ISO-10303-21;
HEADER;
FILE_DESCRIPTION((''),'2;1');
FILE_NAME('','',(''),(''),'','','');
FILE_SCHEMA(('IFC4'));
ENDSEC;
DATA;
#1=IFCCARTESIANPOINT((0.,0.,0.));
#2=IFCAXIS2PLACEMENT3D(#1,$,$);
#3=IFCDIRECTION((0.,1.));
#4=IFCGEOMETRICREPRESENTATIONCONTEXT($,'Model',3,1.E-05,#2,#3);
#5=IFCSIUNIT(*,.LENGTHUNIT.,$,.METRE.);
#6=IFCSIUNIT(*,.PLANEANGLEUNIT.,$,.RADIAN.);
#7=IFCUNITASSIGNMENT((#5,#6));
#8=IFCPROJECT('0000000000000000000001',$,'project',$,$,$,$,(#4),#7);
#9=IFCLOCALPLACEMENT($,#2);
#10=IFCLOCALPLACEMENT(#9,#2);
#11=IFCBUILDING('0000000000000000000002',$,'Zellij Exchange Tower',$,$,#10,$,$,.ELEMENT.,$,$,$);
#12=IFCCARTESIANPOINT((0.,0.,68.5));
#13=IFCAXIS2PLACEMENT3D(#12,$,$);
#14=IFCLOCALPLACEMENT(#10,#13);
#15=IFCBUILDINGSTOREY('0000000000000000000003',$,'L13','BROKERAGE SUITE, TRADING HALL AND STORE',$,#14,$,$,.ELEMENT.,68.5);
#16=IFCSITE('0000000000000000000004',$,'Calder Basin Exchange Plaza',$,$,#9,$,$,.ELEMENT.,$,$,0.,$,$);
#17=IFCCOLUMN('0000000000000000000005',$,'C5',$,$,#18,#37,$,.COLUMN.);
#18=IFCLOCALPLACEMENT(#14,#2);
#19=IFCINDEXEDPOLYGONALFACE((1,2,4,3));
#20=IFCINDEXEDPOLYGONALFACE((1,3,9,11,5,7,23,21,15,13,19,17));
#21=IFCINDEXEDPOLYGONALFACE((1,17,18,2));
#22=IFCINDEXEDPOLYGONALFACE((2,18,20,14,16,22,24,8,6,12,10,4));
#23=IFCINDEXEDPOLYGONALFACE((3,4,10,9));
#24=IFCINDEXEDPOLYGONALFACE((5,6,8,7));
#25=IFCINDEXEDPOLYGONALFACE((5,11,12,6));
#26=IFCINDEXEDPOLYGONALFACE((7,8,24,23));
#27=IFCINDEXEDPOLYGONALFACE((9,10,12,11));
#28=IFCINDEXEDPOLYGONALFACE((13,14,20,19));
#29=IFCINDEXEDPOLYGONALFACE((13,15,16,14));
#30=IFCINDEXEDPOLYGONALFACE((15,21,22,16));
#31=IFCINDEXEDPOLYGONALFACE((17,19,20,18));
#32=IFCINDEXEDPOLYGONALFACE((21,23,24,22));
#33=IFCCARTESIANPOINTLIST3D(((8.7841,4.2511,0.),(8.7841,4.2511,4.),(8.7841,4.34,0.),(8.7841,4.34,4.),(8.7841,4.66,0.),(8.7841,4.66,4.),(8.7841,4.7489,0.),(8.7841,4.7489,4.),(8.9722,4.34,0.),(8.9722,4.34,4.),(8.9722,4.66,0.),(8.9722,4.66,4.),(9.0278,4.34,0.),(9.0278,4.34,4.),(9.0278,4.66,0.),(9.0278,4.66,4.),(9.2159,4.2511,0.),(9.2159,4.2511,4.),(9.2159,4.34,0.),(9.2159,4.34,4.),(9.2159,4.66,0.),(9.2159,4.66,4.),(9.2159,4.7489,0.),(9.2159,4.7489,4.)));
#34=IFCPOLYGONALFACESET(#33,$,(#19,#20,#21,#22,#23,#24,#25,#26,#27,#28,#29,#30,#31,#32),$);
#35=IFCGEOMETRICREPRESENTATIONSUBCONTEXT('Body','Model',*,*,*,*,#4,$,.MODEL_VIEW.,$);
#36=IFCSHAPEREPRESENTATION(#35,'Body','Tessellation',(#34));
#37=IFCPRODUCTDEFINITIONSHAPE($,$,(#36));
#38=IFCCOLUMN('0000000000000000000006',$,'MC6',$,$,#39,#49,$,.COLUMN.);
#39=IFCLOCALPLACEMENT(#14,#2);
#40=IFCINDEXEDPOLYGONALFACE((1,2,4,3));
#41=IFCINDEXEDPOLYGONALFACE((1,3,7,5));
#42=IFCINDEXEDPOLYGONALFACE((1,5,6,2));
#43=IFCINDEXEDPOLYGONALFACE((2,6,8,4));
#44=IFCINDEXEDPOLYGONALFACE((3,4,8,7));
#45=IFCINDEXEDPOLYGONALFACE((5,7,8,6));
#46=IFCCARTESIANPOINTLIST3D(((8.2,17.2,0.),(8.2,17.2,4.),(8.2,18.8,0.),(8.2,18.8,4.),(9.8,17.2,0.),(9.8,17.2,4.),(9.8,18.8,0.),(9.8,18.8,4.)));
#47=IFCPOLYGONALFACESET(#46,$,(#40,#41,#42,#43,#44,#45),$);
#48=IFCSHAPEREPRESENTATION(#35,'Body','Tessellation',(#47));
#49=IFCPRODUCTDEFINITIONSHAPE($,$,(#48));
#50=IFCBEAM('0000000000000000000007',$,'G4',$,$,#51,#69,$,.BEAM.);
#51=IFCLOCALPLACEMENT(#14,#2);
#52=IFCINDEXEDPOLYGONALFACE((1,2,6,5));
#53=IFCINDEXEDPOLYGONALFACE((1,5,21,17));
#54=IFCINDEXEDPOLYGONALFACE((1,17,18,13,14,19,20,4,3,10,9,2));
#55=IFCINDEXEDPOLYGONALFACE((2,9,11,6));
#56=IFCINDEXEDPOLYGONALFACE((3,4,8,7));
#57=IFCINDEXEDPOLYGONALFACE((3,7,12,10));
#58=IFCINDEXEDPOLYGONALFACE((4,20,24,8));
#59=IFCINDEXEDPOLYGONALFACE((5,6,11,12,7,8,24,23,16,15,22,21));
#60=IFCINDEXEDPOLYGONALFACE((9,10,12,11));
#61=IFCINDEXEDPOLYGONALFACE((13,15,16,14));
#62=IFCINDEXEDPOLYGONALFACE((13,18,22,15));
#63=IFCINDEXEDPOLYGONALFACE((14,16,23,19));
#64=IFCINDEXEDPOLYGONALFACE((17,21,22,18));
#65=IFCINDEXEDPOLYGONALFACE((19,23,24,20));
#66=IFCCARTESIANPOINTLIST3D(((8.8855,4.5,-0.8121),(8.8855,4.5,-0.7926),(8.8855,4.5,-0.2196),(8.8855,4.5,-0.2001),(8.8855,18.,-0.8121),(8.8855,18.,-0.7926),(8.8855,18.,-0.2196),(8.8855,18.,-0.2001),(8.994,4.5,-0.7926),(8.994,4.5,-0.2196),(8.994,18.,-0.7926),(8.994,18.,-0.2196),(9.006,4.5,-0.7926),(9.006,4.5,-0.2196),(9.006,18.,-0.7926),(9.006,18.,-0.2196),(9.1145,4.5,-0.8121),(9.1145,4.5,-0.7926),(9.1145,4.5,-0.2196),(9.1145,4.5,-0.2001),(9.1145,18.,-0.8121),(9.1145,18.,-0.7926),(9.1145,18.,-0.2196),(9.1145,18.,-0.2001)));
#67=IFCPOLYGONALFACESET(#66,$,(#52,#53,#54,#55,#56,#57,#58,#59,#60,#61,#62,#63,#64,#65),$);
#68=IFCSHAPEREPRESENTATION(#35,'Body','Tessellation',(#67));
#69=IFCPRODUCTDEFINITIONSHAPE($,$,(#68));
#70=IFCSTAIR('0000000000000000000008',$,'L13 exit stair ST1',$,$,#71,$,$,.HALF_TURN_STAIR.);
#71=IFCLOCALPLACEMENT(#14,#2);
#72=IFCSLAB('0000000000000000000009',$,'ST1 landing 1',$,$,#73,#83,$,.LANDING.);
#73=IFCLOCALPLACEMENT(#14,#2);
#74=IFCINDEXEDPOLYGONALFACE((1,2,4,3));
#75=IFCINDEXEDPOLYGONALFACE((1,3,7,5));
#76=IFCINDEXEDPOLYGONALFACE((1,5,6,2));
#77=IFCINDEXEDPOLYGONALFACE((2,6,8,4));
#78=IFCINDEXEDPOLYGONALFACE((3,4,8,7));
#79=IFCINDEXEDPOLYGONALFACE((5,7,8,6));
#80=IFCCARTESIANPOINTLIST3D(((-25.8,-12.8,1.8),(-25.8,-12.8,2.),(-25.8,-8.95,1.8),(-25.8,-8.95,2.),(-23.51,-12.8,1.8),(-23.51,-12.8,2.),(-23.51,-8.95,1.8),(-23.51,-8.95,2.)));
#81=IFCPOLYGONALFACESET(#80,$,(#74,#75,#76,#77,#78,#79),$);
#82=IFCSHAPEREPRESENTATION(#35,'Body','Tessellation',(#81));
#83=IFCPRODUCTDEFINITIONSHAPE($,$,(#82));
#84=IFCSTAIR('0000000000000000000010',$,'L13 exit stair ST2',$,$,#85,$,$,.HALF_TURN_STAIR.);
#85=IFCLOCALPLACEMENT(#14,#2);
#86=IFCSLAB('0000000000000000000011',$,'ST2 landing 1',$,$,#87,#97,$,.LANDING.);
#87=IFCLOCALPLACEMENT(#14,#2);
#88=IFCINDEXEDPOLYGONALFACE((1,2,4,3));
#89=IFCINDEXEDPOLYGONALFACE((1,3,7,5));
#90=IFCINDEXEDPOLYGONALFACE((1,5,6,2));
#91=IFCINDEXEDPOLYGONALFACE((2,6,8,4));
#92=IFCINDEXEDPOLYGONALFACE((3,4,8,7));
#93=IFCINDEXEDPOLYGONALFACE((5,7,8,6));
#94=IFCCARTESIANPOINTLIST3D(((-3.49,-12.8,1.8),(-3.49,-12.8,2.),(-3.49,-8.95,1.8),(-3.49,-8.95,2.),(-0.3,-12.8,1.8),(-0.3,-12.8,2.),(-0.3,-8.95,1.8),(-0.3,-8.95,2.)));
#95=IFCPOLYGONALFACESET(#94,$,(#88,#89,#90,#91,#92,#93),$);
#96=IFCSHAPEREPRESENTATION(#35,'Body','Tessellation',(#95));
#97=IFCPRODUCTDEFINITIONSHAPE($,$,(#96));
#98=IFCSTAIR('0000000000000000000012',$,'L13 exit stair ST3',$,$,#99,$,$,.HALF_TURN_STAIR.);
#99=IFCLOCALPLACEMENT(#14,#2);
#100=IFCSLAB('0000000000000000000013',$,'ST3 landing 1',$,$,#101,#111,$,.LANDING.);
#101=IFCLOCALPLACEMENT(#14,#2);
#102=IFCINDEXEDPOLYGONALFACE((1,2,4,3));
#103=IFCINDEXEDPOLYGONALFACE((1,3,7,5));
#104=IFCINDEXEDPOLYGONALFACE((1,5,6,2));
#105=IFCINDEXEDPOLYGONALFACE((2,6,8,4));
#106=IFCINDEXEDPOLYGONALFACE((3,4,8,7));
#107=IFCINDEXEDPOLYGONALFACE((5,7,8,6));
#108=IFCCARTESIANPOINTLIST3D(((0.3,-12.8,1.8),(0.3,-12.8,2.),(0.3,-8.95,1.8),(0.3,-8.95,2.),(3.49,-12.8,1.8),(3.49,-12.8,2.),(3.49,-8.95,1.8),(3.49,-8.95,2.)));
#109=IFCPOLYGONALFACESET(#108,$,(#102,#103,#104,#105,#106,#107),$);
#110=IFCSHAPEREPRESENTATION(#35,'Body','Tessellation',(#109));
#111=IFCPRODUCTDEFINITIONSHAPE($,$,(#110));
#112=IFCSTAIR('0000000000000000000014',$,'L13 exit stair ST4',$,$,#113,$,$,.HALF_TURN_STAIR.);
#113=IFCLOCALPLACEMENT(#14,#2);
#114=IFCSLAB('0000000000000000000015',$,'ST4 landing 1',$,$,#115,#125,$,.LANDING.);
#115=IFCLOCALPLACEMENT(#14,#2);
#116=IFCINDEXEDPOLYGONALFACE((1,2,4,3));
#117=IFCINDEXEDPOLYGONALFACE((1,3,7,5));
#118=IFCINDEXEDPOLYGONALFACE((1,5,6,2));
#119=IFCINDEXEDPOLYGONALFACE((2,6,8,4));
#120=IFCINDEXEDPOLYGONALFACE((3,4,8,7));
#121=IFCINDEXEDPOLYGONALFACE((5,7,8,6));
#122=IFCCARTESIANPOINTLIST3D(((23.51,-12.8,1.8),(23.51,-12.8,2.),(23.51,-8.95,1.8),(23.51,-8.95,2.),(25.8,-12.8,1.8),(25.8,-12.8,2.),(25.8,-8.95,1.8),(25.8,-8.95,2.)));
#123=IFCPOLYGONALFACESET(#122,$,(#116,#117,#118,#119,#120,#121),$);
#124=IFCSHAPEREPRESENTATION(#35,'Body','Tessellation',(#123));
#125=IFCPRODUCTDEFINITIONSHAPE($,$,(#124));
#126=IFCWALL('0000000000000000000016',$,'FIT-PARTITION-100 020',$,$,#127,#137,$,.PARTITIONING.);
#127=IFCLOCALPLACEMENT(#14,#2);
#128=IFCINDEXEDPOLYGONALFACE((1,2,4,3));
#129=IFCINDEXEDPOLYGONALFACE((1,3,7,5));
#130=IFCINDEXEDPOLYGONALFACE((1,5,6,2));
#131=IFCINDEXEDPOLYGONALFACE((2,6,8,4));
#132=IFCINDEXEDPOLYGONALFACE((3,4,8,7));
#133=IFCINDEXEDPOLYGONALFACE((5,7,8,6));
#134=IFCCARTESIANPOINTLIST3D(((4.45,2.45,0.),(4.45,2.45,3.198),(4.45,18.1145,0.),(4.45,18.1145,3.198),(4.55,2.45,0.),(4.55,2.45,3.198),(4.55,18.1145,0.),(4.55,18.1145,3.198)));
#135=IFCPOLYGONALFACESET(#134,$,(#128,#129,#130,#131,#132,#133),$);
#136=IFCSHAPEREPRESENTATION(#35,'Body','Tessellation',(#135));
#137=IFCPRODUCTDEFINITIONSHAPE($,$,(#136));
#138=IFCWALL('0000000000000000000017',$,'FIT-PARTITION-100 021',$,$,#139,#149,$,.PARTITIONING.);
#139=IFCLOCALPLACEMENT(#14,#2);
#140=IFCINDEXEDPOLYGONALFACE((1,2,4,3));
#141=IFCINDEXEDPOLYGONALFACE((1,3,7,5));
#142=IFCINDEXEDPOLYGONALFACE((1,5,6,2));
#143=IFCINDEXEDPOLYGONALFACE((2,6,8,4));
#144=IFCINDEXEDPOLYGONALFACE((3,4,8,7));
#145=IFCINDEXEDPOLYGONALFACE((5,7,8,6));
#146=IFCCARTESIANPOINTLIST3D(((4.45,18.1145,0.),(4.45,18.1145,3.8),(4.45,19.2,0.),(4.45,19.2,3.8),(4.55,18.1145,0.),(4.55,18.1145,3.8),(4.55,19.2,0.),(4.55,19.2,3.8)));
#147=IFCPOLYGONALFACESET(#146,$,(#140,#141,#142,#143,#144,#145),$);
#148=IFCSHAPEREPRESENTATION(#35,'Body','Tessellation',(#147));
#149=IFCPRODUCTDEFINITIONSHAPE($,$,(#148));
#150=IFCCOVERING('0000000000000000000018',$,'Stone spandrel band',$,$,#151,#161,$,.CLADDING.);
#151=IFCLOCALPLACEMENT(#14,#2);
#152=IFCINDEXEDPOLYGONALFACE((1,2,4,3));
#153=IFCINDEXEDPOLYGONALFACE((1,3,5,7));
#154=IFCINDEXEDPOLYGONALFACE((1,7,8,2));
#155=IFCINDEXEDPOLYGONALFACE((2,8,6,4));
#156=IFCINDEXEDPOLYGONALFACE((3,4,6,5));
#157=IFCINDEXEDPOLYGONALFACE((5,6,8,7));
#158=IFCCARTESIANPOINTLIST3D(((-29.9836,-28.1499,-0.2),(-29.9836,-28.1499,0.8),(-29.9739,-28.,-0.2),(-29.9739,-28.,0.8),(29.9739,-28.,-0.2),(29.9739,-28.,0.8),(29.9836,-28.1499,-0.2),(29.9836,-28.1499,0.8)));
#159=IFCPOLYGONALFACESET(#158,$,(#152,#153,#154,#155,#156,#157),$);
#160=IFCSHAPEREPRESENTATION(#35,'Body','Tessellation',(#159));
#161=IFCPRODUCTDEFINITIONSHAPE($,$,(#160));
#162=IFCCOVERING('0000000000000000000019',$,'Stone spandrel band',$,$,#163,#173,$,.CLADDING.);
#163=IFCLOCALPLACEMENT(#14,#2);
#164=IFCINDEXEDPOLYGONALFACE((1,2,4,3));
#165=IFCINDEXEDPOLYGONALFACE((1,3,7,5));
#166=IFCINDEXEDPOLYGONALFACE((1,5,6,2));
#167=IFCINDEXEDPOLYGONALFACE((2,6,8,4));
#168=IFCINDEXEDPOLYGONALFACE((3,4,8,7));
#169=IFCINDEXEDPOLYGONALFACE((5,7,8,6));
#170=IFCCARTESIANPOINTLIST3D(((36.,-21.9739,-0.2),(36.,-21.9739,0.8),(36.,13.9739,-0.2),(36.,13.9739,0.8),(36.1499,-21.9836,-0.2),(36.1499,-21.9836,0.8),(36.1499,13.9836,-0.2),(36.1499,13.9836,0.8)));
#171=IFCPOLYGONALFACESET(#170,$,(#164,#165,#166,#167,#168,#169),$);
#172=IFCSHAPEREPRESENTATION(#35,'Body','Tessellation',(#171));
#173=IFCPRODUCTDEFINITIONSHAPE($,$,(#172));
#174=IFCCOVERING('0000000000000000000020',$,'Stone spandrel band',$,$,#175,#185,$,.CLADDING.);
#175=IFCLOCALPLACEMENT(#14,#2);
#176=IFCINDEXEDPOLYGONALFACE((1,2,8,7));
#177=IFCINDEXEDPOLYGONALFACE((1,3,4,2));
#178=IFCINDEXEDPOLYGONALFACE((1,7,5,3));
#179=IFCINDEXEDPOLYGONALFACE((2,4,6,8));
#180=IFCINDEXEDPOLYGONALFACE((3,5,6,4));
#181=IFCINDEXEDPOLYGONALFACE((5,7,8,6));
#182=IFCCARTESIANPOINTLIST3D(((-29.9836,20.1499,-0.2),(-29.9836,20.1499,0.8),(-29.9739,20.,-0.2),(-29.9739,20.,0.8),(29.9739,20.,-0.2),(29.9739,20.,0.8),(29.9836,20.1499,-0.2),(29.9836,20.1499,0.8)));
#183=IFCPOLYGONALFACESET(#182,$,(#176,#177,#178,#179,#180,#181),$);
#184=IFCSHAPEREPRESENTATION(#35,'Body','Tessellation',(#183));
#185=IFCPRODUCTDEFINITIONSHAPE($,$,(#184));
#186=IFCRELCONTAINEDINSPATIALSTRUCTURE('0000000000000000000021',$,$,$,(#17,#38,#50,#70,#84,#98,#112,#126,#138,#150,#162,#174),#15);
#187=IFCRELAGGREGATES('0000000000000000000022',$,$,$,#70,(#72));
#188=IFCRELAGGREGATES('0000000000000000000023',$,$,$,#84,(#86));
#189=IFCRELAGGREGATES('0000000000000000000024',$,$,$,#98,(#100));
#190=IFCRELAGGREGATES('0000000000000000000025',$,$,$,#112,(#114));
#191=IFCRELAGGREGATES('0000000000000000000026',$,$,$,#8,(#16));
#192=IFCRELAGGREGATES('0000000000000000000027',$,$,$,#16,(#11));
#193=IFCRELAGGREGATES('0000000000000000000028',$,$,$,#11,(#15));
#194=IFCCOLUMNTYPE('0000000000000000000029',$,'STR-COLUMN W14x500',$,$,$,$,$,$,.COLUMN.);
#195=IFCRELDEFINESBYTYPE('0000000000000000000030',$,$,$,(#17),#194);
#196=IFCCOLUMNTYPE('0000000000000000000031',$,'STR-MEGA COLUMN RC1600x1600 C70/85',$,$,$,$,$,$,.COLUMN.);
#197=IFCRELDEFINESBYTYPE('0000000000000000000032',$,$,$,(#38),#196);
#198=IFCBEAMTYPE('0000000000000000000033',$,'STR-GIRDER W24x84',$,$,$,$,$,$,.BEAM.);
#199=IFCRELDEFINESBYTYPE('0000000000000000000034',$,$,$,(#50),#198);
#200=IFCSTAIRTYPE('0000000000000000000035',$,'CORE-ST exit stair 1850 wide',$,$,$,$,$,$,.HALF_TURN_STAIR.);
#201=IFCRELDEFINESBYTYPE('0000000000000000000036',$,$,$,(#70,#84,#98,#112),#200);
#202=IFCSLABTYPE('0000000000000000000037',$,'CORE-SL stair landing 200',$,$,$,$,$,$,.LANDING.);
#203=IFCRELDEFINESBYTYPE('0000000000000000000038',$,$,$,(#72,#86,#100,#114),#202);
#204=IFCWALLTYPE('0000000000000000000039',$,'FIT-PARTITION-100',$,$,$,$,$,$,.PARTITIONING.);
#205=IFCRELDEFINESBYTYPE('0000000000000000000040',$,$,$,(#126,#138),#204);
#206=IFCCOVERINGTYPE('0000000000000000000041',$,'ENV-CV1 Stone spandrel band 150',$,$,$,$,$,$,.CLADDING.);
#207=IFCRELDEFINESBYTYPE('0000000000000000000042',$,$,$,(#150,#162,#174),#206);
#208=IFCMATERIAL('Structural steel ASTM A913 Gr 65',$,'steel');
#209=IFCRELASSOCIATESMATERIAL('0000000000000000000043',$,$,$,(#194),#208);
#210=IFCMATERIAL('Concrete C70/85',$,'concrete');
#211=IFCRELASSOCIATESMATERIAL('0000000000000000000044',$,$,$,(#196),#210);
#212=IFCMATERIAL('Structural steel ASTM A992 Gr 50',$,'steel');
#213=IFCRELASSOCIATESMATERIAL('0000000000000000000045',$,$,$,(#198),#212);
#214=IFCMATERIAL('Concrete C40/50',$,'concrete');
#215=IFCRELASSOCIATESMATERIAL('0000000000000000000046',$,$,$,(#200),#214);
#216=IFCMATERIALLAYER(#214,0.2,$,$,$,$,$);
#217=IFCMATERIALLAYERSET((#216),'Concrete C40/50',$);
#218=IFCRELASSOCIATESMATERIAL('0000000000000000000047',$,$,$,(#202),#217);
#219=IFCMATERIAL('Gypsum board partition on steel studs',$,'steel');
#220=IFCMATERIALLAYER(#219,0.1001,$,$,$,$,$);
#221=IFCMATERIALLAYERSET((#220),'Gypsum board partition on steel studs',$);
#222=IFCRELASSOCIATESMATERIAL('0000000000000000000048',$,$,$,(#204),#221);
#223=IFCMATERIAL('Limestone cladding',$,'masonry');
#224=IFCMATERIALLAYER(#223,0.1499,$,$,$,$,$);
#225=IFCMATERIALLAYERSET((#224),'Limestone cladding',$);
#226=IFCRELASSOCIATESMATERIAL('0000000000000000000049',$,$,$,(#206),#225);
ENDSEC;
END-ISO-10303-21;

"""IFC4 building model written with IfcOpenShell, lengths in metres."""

from ifc_helpers import new_model, si_unit, direction, frame, frame_2d, origin, origin_2d, place, context, subcontext, project, spatial, polyline, rectangle, i_section, outline, extrude, material, layer, layer_set, material_profile, profile_set, type_object, element, aggregate, save


model = new_model("IFC4")

# Units and contexts
model_context = context("Model", 3, precision=1e-05, world=origin(), true_north=direction((0.0, 1.0)))
body_context = subcontext(model_context, "Body", "Model", "MODEL_VIEW")
ifc_project = project(units=[si_unit("LENGTHUNIT", "METRE"), si_unit("PLANEANGLEUNIT", "RADIAN")], contexts=[model_context])

# Site, building, storey
site_placement = place(None, origin())
site = spatial("IfcSite", under=ifc_project, at=site_placement, Name="Calder Basin Exchange Plaza", CompositionType="ELEMENT", RefElevation=0.0)
building_placement = place(site_placement, origin())
building = spatial("IfcBuilding", under=site, at=building_placement, Name="Zellij Exchange Tower", CompositionType="ELEMENT")
storey_placement = place(building_placement, frame((0.0, 0.0, 68.5)))
storey = spatial("IfcBuildingStorey", under=building, at=storey_placement, Name="L13", Description="BROKERAGE SUITE, TRADING HALL AND STORE", CompositionType="ELEMENT", Elevation=68.5)

# Columns
ifc_material_1 = material(Name="Structural steel ASTM A913 Gr 65", Category="steel")
ifc_material_profile_1 = material_profile(ifc_material_1, i_section(OverallWidth=0.4319, OverallDepth=0.4978, WebThickness=0.0557, FlangeThickness=0.0889, at=origin_2d()), Name="W14x500")
ifc_profile_set_1 = profile_set([ifc_material_profile_1], Name="Structural steel ASTM A913 Gr 65")
column_type_1 = type_object("IfcColumnType", Name="STR-COLUMN W14x500", PredefinedType="COLUMN", material=ifc_profile_set_1)
column_1_placement = place(storey_placement, frame((9.0, 4.5, 0.0), z_axis=(0.0, 0.0, 1.0), x_axis=(1.0, 0.0, 0.0)))
element("IfcColumn", 1, at=column_1_placement, inside=storey, type_object=column_type_1, Name="C5", PredefinedType="COLUMN", context=body_context, shape_type="SweptSolid", body=[
    extrude(i_section(OverallWidth=0.4319, OverallDepth=0.4978, WebThickness=0.0557, FlangeThickness=0.0889, at=origin_2d()), origin(), (0.0, 0.0, 1.0), 4.0),
])
ifc_material_2 = material(Name="Concrete C70/85", Category="concrete")
ifc_material_profile_2 = material_profile(ifc_material_2, rectangle(XDim=1.6001, YDim=1.6001, at=origin_2d()), Name="STR-MEGA COLUMN RC1600x1600 C70/85")
ifc_profile_set_2 = profile_set([ifc_material_profile_2], Name="Concrete C70/85")
column_type_2 = type_object("IfcColumnType", Name="STR-MEGA COLUMN RC1600x1600 C70/85", PredefinedType="COLUMN", material=ifc_profile_set_2)
column_2_placement = place(storey_placement, frame((9.0, 18.0, 0.0), z_axis=(0.0, 0.0, 1.0), x_axis=(1.0, 0.0, 0.0)))
element("IfcColumn", 2, at=column_2_placement, inside=storey, type_object=column_type_2, Name="MC6", PredefinedType="COLUMN", context=body_context, shape_type="SweptSolid", body=[
    extrude(rectangle(XDim=1.6001, YDim=1.6001, at=origin_2d()), origin(), (0.0, 0.0, 1.0), 4.0),
])

# Beam
ifc_material_3 = material(Name="Structural steel ASTM A992 Gr 50", Category="steel")
ifc_material_profile_3 = material_profile(ifc_material_3, i_section(OverallWidth=0.229, OverallDepth=0.6121, WebThickness=0.012, FlangeThickness=0.0195, at=origin_2d()), Name="W24x84")
ifc_profile_set_3 = profile_set([ifc_material_profile_3], Name="Structural steel ASTM A992 Gr 50")
beam_type = type_object("IfcBeamType", Name="STR-GIRDER W24x84", PredefinedType="BEAM", material=ifc_profile_set_3)
beam_placement = place(storey_placement, frame((9.0, 4.5, -0.5061), z_axis=(0.0, 1.0, 0.0), x_axis=(-1.0, 0.0, 0.0)))
element("IfcBeam", 3, at=beam_placement, inside=storey, type_object=beam_type, Name="G4", PredefinedType="BEAM", context=body_context, shape_type="SweptSolid", body=[
    extrude(i_section(OverallWidth=0.229, OverallDepth=0.6121, WebThickness=0.012, FlangeThickness=0.0195, at=origin_2d()), origin(), (0.0, 0.0, 1.0), 13.5),
])

# Stairs, slabs
ifc_material_4 = material(Name="Concrete C40/50", Category="concrete")
stair_type = type_object("IfcStairType", Name="CORE-ST exit stair 1850 wide", PredefinedType="HALF_TURN_STAIR", material=ifc_material_4)
stair_1_placement = place(storey_placement, origin())
stair_1 = element("IfcStair", 4, at=stair_1_placement, inside=storey, type_object=stair_type, Name="L13 exit stair ST1", PredefinedType="HALF_TURN_STAIR")
ifc_layer_1 = layer(ifc_material_4, 0.2)
ifc_layer_set_1 = layer_set([ifc_layer_1], Name="Concrete C40/50")
slab_type = type_object("IfcSlabType", Name="CORE-SL stair landing 200", PredefinedType="LANDING", material=ifc_layer_set_1)
slab_1_placement = place(storey_placement, frame((0.0, 0.0, 1.8)))
slab_1 = element("IfcSlab", 5, at=slab_1_placement, type_object=slab_type, Name="ST1 landing 1", PredefinedType="LANDING", context=body_context, shape_type="SweptSolid", body=[
    extrude(outline(polyline([(-23.51, -8.95), (-25.8, -8.95), (-25.8, -12.8), (-23.51, -12.8), (-23.51, -8.95)])), origin(), (0.0, 0.0, 1.0), 0.2),
])
aggregate(stair_1, [slab_1])
stair_2_placement = place(storey_placement, origin())
stair_2 = element("IfcStair", 6, at=stair_2_placement, inside=storey, type_object=stair_type, Name="L13 exit stair ST2", PredefinedType="HALF_TURN_STAIR")
slab_2_placement = place(storey_placement, frame((0.0, 0.0, 1.8)))
slab_2 = element("IfcSlab", 7, at=slab_2_placement, type_object=slab_type, Name="ST2 landing 1", PredefinedType="LANDING", context=body_context, shape_type="SweptSolid", body=[
    extrude(outline(polyline([(-3.49, -12.8), (-0.3, -12.8), (-0.3, -8.95), (-3.49, -8.95), (-3.49, -12.8)])), origin(), (0.0, 0.0, 1.0), 0.2),
])
aggregate(stair_2, [slab_2])
stair_3_placement = place(storey_placement, origin())
stair_3 = element("IfcStair", 8, at=stair_3_placement, inside=storey, type_object=stair_type, Name="L13 exit stair ST3", PredefinedType="HALF_TURN_STAIR")
slab_3_placement = place(storey_placement, frame((0.0, 0.0, 1.8)))
slab_3 = element("IfcSlab", 9, at=slab_3_placement, type_object=slab_type, Name="ST3 landing 1", PredefinedType="LANDING", context=body_context, shape_type="SweptSolid", body=[
    extrude(outline(polyline([(3.49, -8.95), (0.3, -8.95), (0.3, -12.8), (3.49, -12.8), (3.49, -8.95)])), origin(), (0.0, 0.0, 1.0), 0.2),
])
aggregate(stair_3, [slab_3])
stair_4_placement = place(storey_placement, origin())
stair_4 = element("IfcStair", 10, at=stair_4_placement, inside=storey, type_object=stair_type, Name="L13 exit stair ST4", PredefinedType="HALF_TURN_STAIR")
slab_4_placement = place(storey_placement, frame((0.0, 0.0, 1.8)))
slab_4 = element("IfcSlab", 11, at=slab_4_placement, type_object=slab_type, Name="ST4 landing 1", PredefinedType="LANDING", context=body_context, shape_type="SweptSolid", body=[
    extrude(outline(polyline([(23.51, -12.8), (25.8, -12.8), (25.8, -8.95), (23.51, -8.95), (23.51, -12.8)])), origin(), (0.0, 0.0, 1.0), 0.2),
])
aggregate(stair_4, [slab_4])

# Walls
ifc_material_5 = material(Name="Gypsum board partition on steel studs", Category="steel")
ifc_layer_2 = layer(ifc_material_5, 0.1001)
ifc_layer_set_2 = layer_set([ifc_layer_2], Name="Gypsum board partition on steel studs")
wall_type = type_object("IfcWallType", Name="FIT-PARTITION-100", PredefinedType="PARTITIONING", material=ifc_layer_set_2)
wall_1_placement = place(storey_placement, frame((4.5, 2.45, 0.0), z_axis=(0.0, 0.0, 1.0), x_axis=(0.0, 1.0, 0.0)))
element("IfcWall", 12, at=wall_1_placement, inside=storey, type_object=wall_type, Name="FIT-PARTITION-100 020", PredefinedType="PARTITIONING", context=body_context, shape_type="SweptSolid", body=[
    extrude(rectangle(XDim=15.6646, YDim=0.1001, at=frame_2d((7.8323, 0.0))), origin(), (0.0, 0.0, 1.0), 3.198),
])
wall_2_placement = place(storey_placement, frame((4.5, 18.1145, 0.0), z_axis=(0.0, 0.0, 1.0), x_axis=(0.0, 1.0, 0.0)))
element("IfcWall", 13, at=wall_2_placement, inside=storey, type_object=wall_type, Name="FIT-PARTITION-100 021", PredefinedType="PARTITIONING", context=body_context, shape_type="SweptSolid", body=[
    extrude(rectangle(XDim=1.0854, YDim=0.1001, at=frame_2d((0.5427, 0.0))), origin(), (0.0, 0.0, 1.0), 3.8),
])

# Coverings
ifc_material_6 = material(Name="Limestone cladding", Category="masonry")
ifc_layer_3 = layer(ifc_material_6, 0.1499)
ifc_layer_set_3 = layer_set([ifc_layer_3], Name="Limestone cladding")
covering_type_1 = type_object("IfcCoveringType", Name="ENV-CV1 Stone spandrel band 150", PredefinedType="CLADDING", material=ifc_layer_set_3)
covering_1_placement = place(storey_placement, frame((0.0, 0.0, -0.2)))
element("IfcCovering", 14, at=covering_1_placement, inside=storey, type_object=covering_type_1, Name="Stone spandrel band", PredefinedType="CLADDING", context=body_context, shape_type="SweptSolid", body=[
    extrude(outline(polyline([(-29.9739, -28.0), (29.9739, -28.0), (29.9836, -28.1499), (-29.9836, -28.1499), (-29.9739, -28.0)])), origin(), (0.0, 0.0, 1.0), 1.0),
])
covering_2_placement = place(storey_placement, frame((0.0, 0.0, -0.2)))
element("IfcCovering", 15, at=covering_2_placement, inside=storey, type_object=covering_type_1, Name="Stone spandrel band", PredefinedType="CLADDING", context=body_context, shape_type="SweptSolid", body=[
    extrude(outline(polyline([(36.0, -21.9739), (36.0, 13.9739), (36.1499, 13.9836), (36.1499, -21.9836), (36.0, -21.9739)])), origin(), (0.0, 0.0, 1.0), 1.0),
])
covering_3_placement = place(storey_placement, frame((0.0, 0.0, -0.2)))
element("IfcCovering", 16, at=covering_3_placement, inside=storey, type_object=covering_type_1, Name="Stone spandrel band", PredefinedType="CLADDING", context=body_context, shape_type="SweptSolid", body=[
    extrude(outline(polyline([(29.9739, 20.0), (-29.9739, 20.0), (-29.9836, 20.1499), (29.9836, 20.1499), (29.9739, 20.0)])), origin(), (0.0, 0.0, 1.0), 1.0),
])

save(model, "model.ifc")
